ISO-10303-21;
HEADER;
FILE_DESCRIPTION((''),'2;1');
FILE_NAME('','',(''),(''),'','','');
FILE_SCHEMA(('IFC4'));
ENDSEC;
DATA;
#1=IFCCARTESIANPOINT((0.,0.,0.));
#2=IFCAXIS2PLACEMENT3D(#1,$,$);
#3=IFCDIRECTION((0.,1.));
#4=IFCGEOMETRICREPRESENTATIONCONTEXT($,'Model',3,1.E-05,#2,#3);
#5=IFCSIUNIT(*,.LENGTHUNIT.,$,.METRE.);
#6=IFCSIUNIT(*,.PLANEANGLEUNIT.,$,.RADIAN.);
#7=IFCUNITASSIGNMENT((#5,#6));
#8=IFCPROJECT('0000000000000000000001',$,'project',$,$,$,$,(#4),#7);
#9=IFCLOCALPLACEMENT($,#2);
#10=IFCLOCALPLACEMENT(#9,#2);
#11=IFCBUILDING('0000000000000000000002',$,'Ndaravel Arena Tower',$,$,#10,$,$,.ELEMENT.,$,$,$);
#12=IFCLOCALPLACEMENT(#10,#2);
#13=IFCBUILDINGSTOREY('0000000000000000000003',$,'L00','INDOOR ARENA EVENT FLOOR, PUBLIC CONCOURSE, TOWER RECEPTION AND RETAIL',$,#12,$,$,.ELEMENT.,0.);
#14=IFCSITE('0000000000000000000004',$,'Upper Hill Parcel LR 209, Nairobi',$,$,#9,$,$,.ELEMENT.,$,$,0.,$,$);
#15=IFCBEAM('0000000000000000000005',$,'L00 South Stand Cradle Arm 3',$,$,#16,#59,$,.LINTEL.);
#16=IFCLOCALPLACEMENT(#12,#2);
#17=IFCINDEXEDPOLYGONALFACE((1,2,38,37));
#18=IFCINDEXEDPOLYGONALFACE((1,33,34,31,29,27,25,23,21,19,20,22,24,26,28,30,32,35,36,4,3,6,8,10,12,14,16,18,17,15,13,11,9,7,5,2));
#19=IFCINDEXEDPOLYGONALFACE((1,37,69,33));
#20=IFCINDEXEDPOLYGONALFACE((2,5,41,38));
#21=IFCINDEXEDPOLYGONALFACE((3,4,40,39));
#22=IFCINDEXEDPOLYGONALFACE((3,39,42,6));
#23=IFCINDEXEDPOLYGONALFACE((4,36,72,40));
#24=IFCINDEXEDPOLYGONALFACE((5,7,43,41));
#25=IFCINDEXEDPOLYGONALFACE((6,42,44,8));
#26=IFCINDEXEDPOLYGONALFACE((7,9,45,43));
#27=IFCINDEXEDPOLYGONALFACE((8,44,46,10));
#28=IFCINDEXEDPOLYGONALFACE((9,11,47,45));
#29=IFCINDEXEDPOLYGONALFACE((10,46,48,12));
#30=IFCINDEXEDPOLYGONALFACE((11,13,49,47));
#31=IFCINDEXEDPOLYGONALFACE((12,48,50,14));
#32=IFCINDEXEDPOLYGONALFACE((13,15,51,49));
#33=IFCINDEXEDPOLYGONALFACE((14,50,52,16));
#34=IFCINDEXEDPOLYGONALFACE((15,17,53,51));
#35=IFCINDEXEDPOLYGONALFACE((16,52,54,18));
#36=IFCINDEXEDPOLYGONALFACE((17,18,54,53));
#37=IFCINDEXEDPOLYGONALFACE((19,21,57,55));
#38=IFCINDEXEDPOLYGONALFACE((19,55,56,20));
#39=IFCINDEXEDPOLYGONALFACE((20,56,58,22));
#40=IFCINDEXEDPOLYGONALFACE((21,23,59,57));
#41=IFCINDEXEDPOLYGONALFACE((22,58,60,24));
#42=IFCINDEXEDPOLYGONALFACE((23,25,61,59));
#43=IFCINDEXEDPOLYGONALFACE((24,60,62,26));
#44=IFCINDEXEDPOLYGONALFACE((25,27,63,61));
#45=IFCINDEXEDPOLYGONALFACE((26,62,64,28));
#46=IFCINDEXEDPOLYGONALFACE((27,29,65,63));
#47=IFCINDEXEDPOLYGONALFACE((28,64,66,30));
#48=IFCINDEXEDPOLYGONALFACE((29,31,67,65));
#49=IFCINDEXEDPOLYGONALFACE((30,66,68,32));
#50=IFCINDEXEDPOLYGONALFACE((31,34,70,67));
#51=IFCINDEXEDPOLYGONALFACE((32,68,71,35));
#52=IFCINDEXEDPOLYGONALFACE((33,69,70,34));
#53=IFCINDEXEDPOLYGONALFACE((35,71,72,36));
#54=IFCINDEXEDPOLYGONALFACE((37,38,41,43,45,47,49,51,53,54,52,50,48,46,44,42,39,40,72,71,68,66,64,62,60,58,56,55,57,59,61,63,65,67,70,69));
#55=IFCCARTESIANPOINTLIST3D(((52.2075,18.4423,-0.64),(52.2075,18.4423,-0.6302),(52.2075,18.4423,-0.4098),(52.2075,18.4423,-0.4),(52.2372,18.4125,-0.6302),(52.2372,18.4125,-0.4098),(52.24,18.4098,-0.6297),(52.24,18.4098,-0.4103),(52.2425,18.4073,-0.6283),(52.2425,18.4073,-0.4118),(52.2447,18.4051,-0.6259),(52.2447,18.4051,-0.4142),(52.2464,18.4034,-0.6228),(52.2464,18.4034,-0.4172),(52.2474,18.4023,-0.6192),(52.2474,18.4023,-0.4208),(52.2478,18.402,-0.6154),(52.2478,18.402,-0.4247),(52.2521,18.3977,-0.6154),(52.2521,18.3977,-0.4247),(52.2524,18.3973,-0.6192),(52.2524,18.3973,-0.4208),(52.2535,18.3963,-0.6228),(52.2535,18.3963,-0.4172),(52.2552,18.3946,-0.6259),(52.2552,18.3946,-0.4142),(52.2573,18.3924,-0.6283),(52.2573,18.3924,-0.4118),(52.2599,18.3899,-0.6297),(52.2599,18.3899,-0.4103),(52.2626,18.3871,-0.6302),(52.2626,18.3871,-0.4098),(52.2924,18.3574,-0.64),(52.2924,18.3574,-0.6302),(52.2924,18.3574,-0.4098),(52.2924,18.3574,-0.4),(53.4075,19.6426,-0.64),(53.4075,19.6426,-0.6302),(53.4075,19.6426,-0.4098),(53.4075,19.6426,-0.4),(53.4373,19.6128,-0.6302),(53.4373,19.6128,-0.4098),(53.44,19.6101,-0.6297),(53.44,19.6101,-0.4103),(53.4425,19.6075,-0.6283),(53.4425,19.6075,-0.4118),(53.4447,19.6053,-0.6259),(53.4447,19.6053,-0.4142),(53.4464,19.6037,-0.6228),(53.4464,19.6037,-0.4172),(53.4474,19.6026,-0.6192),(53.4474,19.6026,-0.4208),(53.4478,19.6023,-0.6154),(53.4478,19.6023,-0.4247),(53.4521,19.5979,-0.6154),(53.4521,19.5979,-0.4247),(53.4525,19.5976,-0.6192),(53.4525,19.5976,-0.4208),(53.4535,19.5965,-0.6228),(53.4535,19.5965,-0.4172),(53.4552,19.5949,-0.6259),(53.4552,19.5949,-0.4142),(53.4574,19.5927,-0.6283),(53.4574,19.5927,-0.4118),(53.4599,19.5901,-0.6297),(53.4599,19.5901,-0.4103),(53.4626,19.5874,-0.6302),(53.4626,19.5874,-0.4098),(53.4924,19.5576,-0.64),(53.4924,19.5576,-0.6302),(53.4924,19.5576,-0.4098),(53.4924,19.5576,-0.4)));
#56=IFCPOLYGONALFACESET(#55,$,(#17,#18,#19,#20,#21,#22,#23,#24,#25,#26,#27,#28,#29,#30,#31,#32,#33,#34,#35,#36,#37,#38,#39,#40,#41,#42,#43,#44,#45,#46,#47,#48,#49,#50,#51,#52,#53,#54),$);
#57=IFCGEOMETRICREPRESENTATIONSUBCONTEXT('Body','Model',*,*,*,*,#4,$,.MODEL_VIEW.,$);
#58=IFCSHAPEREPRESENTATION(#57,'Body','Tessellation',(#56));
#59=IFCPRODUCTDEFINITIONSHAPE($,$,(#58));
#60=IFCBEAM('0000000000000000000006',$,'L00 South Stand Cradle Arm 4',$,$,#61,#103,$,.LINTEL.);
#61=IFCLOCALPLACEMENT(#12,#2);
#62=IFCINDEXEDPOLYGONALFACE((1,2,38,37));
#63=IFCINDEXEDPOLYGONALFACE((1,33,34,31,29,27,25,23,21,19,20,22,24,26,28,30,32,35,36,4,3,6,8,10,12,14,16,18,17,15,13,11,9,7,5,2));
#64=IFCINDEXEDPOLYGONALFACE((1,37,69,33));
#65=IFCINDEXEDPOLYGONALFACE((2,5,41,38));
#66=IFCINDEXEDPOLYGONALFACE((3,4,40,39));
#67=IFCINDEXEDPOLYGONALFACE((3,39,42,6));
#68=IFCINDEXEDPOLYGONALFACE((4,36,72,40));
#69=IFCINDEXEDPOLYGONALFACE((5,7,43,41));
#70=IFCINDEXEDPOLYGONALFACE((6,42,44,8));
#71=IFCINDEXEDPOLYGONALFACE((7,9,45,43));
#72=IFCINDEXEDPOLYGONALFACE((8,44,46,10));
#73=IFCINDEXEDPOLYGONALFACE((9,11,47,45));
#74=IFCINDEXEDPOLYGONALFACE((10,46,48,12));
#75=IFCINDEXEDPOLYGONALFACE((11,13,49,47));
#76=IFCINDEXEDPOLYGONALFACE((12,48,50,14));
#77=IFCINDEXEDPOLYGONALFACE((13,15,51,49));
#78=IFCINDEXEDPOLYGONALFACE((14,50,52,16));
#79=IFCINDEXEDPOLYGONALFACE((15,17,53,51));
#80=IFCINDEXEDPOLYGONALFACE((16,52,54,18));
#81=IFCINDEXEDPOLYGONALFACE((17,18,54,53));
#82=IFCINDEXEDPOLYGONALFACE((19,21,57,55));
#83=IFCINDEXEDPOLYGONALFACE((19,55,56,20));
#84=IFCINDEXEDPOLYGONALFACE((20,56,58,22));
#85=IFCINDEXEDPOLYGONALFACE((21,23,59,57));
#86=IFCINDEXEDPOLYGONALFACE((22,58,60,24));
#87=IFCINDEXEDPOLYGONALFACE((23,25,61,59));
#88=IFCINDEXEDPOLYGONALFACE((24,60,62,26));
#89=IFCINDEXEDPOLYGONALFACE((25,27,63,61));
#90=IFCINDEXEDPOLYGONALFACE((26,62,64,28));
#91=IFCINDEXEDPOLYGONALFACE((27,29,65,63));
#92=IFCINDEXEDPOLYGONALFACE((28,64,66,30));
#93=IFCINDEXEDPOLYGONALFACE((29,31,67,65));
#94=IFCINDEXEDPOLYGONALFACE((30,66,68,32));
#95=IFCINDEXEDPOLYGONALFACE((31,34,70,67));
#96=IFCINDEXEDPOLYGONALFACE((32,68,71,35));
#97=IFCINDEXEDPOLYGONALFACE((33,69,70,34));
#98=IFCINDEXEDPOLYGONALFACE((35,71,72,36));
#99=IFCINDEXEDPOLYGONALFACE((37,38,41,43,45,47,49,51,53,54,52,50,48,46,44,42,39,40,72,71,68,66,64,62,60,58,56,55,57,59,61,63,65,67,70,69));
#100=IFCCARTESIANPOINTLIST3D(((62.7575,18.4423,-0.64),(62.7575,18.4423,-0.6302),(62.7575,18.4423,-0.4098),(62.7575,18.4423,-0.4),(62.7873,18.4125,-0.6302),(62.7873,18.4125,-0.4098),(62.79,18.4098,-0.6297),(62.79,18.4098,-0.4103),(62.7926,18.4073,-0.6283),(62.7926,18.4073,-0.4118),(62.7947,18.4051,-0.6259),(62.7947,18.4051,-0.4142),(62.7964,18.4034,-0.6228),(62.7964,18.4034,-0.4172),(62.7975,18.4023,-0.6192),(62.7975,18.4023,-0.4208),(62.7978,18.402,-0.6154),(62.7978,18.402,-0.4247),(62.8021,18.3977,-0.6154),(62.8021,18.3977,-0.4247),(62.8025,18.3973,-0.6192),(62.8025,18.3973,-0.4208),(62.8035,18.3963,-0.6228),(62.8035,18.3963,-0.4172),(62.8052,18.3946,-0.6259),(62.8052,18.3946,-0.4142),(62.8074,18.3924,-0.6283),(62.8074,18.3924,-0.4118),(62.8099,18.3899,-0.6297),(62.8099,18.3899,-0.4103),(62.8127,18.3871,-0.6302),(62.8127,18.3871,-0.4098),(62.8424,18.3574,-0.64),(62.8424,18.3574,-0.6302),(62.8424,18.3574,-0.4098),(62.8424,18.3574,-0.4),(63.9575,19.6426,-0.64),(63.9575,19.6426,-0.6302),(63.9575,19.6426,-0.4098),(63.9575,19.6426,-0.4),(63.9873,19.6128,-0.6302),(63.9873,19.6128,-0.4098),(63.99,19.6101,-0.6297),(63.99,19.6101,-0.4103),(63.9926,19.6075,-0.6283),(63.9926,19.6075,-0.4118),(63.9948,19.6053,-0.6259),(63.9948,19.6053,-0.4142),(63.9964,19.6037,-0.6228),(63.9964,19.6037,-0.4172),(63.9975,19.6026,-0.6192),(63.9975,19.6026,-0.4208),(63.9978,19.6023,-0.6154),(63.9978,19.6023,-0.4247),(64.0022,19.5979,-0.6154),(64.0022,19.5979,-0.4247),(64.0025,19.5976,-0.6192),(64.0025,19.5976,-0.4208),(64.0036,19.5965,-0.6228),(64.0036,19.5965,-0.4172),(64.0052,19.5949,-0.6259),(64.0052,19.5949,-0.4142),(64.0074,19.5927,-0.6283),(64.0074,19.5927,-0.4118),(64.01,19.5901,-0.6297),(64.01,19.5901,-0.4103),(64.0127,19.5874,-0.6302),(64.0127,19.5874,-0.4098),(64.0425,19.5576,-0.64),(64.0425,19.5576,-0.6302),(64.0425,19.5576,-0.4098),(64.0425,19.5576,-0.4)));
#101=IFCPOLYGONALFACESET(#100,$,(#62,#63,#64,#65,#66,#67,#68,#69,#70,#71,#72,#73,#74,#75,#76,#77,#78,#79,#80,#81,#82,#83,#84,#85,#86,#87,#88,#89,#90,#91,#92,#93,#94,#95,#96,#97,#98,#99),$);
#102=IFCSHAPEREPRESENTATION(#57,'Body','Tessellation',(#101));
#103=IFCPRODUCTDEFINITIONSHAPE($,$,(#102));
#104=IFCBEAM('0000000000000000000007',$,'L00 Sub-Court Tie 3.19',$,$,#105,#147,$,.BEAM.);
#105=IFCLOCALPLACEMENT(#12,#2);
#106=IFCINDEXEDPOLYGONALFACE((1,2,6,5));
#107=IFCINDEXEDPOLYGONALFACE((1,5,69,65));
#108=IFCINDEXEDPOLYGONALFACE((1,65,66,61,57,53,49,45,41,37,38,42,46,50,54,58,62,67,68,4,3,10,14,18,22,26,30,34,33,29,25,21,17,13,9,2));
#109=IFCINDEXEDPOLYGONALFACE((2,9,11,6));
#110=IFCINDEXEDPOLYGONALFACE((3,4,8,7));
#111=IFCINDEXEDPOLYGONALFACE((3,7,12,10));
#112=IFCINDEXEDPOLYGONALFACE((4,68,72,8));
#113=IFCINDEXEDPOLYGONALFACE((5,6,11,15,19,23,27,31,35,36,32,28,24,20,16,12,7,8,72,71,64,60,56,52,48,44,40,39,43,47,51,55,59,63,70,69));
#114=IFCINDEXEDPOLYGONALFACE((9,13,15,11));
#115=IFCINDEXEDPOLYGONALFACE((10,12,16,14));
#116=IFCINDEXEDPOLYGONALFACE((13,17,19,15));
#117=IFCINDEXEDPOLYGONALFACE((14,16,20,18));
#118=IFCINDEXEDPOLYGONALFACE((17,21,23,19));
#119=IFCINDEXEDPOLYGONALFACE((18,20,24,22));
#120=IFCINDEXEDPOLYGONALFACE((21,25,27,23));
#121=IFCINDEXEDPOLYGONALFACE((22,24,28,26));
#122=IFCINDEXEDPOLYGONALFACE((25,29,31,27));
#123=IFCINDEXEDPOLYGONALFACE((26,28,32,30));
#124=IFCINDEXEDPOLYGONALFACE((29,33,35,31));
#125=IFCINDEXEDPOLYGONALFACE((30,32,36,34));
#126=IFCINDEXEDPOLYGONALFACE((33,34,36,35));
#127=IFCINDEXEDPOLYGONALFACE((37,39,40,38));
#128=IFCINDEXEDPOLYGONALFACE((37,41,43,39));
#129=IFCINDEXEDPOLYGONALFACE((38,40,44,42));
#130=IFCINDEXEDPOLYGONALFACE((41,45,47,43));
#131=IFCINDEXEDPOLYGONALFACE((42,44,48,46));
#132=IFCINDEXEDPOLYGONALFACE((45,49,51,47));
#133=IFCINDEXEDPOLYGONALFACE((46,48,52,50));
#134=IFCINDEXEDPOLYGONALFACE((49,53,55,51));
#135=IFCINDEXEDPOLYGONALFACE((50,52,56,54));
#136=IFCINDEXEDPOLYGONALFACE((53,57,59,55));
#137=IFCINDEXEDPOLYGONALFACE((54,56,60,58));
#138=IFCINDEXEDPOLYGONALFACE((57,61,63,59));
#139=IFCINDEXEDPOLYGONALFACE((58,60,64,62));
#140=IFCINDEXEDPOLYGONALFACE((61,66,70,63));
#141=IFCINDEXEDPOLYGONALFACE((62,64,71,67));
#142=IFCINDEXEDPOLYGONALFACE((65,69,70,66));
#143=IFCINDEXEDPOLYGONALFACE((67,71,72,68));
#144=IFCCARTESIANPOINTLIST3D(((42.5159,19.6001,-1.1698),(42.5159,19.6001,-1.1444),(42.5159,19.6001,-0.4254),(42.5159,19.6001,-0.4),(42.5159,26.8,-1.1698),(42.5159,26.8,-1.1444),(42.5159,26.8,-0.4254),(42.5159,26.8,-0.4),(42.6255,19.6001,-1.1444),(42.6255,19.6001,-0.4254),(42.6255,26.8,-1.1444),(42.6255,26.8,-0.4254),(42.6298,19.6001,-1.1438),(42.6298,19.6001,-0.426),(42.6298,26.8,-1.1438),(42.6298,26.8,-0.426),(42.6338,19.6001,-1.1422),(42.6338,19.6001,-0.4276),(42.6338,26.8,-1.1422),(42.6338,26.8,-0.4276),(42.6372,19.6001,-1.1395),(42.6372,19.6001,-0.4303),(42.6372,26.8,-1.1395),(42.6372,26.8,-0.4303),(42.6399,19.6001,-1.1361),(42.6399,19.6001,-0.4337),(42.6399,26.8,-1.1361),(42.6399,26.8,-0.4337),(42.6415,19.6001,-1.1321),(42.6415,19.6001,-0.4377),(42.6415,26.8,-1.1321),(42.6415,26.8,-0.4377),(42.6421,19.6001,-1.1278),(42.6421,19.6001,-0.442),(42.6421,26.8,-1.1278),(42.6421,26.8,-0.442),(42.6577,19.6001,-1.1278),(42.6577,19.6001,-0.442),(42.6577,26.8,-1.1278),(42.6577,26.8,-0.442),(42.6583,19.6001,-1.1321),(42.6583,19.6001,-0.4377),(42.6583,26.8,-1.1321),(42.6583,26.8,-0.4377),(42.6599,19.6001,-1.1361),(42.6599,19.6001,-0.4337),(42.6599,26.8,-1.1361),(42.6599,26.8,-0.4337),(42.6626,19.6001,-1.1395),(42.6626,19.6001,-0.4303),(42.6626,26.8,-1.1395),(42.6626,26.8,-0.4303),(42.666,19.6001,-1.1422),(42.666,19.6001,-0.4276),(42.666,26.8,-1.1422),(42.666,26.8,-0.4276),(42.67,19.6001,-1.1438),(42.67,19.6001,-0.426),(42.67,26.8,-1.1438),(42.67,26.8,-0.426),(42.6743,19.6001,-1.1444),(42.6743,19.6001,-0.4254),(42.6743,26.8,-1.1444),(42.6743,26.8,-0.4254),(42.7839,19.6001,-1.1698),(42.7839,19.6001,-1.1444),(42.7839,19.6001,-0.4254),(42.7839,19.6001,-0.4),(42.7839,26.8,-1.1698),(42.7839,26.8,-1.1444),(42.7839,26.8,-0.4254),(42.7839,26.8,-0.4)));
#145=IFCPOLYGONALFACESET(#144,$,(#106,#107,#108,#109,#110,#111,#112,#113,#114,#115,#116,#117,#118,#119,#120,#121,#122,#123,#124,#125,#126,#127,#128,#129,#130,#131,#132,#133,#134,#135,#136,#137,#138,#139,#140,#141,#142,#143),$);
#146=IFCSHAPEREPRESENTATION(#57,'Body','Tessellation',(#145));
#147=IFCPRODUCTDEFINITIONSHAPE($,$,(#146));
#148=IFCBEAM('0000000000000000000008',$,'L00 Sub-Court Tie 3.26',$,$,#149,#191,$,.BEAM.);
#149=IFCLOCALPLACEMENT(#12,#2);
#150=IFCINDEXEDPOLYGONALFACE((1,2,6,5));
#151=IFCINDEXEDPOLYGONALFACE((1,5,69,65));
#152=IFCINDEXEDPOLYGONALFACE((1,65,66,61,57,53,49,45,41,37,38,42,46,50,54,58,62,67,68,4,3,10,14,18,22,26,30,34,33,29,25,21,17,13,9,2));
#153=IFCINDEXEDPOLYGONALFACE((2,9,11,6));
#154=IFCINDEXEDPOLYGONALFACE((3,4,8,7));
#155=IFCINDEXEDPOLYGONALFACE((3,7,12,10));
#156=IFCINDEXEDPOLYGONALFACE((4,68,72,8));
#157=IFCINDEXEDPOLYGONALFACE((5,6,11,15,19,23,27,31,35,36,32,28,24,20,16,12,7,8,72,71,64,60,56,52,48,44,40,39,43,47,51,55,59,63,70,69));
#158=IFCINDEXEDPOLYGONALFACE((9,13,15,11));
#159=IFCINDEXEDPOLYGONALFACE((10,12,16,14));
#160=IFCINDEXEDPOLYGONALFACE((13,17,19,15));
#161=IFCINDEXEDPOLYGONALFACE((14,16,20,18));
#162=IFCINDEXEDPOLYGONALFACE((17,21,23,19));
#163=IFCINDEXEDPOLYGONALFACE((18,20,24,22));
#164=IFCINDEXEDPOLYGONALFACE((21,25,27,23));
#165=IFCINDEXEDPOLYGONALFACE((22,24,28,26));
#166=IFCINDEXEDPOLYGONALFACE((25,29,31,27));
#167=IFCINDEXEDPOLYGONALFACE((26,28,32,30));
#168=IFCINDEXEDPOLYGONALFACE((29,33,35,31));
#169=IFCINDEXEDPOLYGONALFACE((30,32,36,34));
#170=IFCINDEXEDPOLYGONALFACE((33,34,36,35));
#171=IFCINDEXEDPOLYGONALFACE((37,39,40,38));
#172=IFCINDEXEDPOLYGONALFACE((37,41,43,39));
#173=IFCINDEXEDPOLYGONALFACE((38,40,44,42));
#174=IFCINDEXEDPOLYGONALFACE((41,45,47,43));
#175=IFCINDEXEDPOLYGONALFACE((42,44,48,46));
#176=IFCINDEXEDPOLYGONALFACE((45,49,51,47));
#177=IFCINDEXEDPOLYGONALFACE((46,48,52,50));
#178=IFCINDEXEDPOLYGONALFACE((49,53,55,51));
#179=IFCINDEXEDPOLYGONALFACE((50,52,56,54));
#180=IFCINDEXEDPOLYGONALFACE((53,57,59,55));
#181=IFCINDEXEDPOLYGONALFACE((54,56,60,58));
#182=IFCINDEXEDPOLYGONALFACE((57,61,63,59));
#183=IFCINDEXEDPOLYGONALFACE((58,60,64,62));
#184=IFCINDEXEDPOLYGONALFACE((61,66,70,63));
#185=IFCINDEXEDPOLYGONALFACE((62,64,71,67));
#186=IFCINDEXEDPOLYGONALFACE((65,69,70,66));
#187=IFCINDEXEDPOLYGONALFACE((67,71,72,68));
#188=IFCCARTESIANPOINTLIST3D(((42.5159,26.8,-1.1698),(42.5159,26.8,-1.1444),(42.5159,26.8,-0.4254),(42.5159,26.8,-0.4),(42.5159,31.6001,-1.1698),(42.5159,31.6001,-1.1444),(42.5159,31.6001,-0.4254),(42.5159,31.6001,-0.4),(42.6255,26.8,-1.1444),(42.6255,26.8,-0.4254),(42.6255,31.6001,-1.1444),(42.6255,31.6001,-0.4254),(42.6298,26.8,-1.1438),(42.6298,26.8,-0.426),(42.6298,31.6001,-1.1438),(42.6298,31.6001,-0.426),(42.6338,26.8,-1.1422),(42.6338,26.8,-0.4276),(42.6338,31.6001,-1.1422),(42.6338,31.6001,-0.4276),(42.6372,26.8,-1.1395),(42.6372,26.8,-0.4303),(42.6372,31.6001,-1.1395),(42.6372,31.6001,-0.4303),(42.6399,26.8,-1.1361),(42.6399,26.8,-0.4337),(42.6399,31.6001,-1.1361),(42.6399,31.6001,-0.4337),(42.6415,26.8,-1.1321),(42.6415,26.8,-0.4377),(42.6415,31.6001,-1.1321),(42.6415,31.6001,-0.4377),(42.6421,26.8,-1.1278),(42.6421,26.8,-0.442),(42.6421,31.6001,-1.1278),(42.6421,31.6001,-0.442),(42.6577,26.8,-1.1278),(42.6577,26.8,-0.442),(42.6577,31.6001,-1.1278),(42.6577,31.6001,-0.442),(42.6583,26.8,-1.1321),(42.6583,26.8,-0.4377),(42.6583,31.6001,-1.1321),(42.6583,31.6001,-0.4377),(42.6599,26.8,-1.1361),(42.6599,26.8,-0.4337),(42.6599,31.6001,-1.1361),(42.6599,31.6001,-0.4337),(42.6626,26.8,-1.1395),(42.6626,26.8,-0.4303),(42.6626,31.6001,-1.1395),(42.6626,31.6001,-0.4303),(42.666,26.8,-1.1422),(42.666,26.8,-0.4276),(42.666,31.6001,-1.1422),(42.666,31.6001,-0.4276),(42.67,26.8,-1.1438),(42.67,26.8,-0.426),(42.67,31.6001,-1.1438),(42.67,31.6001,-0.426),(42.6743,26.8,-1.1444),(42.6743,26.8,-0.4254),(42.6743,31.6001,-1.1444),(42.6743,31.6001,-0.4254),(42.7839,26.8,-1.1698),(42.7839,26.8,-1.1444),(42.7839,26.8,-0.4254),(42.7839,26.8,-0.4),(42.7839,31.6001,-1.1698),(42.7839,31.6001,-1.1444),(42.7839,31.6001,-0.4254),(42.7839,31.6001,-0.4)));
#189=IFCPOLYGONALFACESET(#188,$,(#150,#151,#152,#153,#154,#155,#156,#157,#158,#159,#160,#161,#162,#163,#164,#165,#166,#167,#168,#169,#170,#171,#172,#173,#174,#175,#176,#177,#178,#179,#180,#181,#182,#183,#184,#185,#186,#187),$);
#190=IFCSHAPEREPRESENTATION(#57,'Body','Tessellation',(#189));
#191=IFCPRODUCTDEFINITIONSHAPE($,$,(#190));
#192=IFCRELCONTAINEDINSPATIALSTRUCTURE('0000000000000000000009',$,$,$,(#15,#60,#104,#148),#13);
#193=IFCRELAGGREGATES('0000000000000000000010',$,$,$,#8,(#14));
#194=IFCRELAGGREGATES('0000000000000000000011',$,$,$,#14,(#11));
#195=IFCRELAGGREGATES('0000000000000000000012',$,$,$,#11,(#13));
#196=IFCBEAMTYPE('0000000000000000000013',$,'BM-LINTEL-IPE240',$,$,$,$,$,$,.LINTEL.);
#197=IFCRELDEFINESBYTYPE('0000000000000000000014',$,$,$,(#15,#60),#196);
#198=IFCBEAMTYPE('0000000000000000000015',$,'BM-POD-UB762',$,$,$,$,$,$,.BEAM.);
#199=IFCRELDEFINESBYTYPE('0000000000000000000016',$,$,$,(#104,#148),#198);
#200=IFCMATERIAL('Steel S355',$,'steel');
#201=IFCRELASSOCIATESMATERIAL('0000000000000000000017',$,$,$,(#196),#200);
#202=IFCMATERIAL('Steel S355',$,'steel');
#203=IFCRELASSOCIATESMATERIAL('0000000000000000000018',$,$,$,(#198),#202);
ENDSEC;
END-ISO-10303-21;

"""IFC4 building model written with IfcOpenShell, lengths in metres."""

from ifc_helpers import new_model, si_unit, direction, frame, origin, origin_2d, place, context, subcontext, project, spatial, i_section, extrude, material, material_profile, profile_set, type_object, element, save


model = new_model("IFC4")

# Units and contexts
model_context = context("Model", 3, precision=1e-05, world=origin(), true_north=direction((0.0, 1.0)))
body_context = subcontext(model_context, "Body", "Model", "MODEL_VIEW")
ifc_project = project(units=[si_unit("LENGTHUNIT", "METRE"), si_unit("PLANEANGLEUNIT", "RADIAN")], contexts=[model_context])

# Site, building, storey
site_placement = place(None, origin())
site = spatial("IfcSite", under=ifc_project, at=site_placement, Name="Upper Hill Parcel LR 209, Nairobi", CompositionType="ELEMENT", RefElevation=0.0)
building_placement = place(site_placement, origin())
building = spatial("IfcBuilding", under=site, at=building_placement, Name="Ndaravel Arena Tower", CompositionType="ELEMENT")
storey_placement = place(building_placement, origin())
storey = spatial("IfcBuildingStorey", under=building, at=storey_placement, Name="L00", Description="INDOOR ARENA EVENT FLOOR, PUBLIC CONCOURSE, TOWER RECEPTION AND RETAIL", CompositionType="ELEMENT", Elevation=0.0)

# Beams
ifc_material_1 = material(Name="Steel S355", Category="steel")
ifc_material_profile_1 = material_profile(ifc_material_1, i_section(OverallWidth=0.1201, OverallDepth=0.24, WebThickness=0.0061, FlangeThickness=0.0098, FilletRadius=0.0149, at=origin_2d()), Name="IPE 240")
ifc_profile_set_1 = profile_set([ifc_material_profile_1], Name="Steel S355")
beam_type_1 = type_object("IfcBeamType", Name="BM-LINTEL-IPE240", PredefinedType="LINTEL", material=ifc_profile_set_1)
for number, where, z_axis, x_axis, name in (
    (1, (53.45, 19.6001, -0.52), (-0.707035, -0.707179, 0.0), (0.707179, -0.707035, 0.0), "L00 South Stand Cradle Arm 3"),
    (2, (64.0, 19.6001, -0.52), (-0.707035, -0.707179, 0.0), (0.707179, -0.707035, 0.0), "L00 South Stand Cradle Arm 4"),
):
    element("IfcBeam", number, at=place(storey_placement, frame(where, z_axis=z_axis, x_axis=x_axis)), inside=storey, type_object=beam_type_1, Name=name, PredefinedType="LINTEL", context=body_context, shape_type="SweptSolid", body=[
        extrude(i_section(OverallWidth=0.1201, OverallDepth=0.24, WebThickness=0.0061, FlangeThickness=0.0098, FilletRadius=0.0149, at=origin_2d()), origin(), (0.0, 0.0, 1.0), 1.6973),
    ])
ifc_material_2 = material(Name="Steel S355", Category="steel")
ifc_material_profile_2 = material_profile(ifc_material_2, i_section(OverallWidth=0.2681, OverallDepth=0.7698, WebThickness=0.0156, FlangeThickness=0.0254, FilletRadius=0.0166, at=origin_2d()), Name="UB 762x267x197")
ifc_profile_set_2 = profile_set([ifc_material_profile_2], Name="Steel S355")
beam_type_2 = type_object("IfcBeamType", Name="BM-POD-UB762", PredefinedType="BEAM", material=ifc_profile_set_2)
beam_1_placement = place(storey_placement, frame((42.6499, 19.6001, -0.7849), z_axis=(0.0, 1.0, 0.0), x_axis=(-1.0, 0.0, 0.0)))
element("IfcBeam", 3, at=beam_1_placement, inside=storey, type_object=beam_type_2, Name="L00 Sub-Court Tie 3.19", PredefinedType="BEAM", context=body_context, shape_type="SweptSolid", body=[
    extrude(i_section(OverallWidth=0.2681, OverallDepth=0.7698, WebThickness=0.0156, FlangeThickness=0.0254, FilletRadius=0.0166, at=origin_2d()), origin(), (0.0, 0.0, 1.0), 7.2),
])
beam_2_placement = place(storey_placement, frame((42.6499, 26.8, -0.7849), z_axis=(0.0, 1.0, 0.0), x_axis=(-1.0, 0.0, 0.0)))
element("IfcBeam", 4, at=beam_2_placement, inside=storey, type_object=beam_type_2, Name="L00 Sub-Court Tie 3.26", PredefinedType="BEAM", context=body_context, shape_type="SweptSolid", body=[
    extrude(i_section(OverallWidth=0.2681, OverallDepth=0.7698, WebThickness=0.0156, FlangeThickness=0.0254, FilletRadius=0.0166, at=origin_2d()), origin(), (0.0, 0.0, 1.0), 4.8),
])

save(model, "model.ifc")
